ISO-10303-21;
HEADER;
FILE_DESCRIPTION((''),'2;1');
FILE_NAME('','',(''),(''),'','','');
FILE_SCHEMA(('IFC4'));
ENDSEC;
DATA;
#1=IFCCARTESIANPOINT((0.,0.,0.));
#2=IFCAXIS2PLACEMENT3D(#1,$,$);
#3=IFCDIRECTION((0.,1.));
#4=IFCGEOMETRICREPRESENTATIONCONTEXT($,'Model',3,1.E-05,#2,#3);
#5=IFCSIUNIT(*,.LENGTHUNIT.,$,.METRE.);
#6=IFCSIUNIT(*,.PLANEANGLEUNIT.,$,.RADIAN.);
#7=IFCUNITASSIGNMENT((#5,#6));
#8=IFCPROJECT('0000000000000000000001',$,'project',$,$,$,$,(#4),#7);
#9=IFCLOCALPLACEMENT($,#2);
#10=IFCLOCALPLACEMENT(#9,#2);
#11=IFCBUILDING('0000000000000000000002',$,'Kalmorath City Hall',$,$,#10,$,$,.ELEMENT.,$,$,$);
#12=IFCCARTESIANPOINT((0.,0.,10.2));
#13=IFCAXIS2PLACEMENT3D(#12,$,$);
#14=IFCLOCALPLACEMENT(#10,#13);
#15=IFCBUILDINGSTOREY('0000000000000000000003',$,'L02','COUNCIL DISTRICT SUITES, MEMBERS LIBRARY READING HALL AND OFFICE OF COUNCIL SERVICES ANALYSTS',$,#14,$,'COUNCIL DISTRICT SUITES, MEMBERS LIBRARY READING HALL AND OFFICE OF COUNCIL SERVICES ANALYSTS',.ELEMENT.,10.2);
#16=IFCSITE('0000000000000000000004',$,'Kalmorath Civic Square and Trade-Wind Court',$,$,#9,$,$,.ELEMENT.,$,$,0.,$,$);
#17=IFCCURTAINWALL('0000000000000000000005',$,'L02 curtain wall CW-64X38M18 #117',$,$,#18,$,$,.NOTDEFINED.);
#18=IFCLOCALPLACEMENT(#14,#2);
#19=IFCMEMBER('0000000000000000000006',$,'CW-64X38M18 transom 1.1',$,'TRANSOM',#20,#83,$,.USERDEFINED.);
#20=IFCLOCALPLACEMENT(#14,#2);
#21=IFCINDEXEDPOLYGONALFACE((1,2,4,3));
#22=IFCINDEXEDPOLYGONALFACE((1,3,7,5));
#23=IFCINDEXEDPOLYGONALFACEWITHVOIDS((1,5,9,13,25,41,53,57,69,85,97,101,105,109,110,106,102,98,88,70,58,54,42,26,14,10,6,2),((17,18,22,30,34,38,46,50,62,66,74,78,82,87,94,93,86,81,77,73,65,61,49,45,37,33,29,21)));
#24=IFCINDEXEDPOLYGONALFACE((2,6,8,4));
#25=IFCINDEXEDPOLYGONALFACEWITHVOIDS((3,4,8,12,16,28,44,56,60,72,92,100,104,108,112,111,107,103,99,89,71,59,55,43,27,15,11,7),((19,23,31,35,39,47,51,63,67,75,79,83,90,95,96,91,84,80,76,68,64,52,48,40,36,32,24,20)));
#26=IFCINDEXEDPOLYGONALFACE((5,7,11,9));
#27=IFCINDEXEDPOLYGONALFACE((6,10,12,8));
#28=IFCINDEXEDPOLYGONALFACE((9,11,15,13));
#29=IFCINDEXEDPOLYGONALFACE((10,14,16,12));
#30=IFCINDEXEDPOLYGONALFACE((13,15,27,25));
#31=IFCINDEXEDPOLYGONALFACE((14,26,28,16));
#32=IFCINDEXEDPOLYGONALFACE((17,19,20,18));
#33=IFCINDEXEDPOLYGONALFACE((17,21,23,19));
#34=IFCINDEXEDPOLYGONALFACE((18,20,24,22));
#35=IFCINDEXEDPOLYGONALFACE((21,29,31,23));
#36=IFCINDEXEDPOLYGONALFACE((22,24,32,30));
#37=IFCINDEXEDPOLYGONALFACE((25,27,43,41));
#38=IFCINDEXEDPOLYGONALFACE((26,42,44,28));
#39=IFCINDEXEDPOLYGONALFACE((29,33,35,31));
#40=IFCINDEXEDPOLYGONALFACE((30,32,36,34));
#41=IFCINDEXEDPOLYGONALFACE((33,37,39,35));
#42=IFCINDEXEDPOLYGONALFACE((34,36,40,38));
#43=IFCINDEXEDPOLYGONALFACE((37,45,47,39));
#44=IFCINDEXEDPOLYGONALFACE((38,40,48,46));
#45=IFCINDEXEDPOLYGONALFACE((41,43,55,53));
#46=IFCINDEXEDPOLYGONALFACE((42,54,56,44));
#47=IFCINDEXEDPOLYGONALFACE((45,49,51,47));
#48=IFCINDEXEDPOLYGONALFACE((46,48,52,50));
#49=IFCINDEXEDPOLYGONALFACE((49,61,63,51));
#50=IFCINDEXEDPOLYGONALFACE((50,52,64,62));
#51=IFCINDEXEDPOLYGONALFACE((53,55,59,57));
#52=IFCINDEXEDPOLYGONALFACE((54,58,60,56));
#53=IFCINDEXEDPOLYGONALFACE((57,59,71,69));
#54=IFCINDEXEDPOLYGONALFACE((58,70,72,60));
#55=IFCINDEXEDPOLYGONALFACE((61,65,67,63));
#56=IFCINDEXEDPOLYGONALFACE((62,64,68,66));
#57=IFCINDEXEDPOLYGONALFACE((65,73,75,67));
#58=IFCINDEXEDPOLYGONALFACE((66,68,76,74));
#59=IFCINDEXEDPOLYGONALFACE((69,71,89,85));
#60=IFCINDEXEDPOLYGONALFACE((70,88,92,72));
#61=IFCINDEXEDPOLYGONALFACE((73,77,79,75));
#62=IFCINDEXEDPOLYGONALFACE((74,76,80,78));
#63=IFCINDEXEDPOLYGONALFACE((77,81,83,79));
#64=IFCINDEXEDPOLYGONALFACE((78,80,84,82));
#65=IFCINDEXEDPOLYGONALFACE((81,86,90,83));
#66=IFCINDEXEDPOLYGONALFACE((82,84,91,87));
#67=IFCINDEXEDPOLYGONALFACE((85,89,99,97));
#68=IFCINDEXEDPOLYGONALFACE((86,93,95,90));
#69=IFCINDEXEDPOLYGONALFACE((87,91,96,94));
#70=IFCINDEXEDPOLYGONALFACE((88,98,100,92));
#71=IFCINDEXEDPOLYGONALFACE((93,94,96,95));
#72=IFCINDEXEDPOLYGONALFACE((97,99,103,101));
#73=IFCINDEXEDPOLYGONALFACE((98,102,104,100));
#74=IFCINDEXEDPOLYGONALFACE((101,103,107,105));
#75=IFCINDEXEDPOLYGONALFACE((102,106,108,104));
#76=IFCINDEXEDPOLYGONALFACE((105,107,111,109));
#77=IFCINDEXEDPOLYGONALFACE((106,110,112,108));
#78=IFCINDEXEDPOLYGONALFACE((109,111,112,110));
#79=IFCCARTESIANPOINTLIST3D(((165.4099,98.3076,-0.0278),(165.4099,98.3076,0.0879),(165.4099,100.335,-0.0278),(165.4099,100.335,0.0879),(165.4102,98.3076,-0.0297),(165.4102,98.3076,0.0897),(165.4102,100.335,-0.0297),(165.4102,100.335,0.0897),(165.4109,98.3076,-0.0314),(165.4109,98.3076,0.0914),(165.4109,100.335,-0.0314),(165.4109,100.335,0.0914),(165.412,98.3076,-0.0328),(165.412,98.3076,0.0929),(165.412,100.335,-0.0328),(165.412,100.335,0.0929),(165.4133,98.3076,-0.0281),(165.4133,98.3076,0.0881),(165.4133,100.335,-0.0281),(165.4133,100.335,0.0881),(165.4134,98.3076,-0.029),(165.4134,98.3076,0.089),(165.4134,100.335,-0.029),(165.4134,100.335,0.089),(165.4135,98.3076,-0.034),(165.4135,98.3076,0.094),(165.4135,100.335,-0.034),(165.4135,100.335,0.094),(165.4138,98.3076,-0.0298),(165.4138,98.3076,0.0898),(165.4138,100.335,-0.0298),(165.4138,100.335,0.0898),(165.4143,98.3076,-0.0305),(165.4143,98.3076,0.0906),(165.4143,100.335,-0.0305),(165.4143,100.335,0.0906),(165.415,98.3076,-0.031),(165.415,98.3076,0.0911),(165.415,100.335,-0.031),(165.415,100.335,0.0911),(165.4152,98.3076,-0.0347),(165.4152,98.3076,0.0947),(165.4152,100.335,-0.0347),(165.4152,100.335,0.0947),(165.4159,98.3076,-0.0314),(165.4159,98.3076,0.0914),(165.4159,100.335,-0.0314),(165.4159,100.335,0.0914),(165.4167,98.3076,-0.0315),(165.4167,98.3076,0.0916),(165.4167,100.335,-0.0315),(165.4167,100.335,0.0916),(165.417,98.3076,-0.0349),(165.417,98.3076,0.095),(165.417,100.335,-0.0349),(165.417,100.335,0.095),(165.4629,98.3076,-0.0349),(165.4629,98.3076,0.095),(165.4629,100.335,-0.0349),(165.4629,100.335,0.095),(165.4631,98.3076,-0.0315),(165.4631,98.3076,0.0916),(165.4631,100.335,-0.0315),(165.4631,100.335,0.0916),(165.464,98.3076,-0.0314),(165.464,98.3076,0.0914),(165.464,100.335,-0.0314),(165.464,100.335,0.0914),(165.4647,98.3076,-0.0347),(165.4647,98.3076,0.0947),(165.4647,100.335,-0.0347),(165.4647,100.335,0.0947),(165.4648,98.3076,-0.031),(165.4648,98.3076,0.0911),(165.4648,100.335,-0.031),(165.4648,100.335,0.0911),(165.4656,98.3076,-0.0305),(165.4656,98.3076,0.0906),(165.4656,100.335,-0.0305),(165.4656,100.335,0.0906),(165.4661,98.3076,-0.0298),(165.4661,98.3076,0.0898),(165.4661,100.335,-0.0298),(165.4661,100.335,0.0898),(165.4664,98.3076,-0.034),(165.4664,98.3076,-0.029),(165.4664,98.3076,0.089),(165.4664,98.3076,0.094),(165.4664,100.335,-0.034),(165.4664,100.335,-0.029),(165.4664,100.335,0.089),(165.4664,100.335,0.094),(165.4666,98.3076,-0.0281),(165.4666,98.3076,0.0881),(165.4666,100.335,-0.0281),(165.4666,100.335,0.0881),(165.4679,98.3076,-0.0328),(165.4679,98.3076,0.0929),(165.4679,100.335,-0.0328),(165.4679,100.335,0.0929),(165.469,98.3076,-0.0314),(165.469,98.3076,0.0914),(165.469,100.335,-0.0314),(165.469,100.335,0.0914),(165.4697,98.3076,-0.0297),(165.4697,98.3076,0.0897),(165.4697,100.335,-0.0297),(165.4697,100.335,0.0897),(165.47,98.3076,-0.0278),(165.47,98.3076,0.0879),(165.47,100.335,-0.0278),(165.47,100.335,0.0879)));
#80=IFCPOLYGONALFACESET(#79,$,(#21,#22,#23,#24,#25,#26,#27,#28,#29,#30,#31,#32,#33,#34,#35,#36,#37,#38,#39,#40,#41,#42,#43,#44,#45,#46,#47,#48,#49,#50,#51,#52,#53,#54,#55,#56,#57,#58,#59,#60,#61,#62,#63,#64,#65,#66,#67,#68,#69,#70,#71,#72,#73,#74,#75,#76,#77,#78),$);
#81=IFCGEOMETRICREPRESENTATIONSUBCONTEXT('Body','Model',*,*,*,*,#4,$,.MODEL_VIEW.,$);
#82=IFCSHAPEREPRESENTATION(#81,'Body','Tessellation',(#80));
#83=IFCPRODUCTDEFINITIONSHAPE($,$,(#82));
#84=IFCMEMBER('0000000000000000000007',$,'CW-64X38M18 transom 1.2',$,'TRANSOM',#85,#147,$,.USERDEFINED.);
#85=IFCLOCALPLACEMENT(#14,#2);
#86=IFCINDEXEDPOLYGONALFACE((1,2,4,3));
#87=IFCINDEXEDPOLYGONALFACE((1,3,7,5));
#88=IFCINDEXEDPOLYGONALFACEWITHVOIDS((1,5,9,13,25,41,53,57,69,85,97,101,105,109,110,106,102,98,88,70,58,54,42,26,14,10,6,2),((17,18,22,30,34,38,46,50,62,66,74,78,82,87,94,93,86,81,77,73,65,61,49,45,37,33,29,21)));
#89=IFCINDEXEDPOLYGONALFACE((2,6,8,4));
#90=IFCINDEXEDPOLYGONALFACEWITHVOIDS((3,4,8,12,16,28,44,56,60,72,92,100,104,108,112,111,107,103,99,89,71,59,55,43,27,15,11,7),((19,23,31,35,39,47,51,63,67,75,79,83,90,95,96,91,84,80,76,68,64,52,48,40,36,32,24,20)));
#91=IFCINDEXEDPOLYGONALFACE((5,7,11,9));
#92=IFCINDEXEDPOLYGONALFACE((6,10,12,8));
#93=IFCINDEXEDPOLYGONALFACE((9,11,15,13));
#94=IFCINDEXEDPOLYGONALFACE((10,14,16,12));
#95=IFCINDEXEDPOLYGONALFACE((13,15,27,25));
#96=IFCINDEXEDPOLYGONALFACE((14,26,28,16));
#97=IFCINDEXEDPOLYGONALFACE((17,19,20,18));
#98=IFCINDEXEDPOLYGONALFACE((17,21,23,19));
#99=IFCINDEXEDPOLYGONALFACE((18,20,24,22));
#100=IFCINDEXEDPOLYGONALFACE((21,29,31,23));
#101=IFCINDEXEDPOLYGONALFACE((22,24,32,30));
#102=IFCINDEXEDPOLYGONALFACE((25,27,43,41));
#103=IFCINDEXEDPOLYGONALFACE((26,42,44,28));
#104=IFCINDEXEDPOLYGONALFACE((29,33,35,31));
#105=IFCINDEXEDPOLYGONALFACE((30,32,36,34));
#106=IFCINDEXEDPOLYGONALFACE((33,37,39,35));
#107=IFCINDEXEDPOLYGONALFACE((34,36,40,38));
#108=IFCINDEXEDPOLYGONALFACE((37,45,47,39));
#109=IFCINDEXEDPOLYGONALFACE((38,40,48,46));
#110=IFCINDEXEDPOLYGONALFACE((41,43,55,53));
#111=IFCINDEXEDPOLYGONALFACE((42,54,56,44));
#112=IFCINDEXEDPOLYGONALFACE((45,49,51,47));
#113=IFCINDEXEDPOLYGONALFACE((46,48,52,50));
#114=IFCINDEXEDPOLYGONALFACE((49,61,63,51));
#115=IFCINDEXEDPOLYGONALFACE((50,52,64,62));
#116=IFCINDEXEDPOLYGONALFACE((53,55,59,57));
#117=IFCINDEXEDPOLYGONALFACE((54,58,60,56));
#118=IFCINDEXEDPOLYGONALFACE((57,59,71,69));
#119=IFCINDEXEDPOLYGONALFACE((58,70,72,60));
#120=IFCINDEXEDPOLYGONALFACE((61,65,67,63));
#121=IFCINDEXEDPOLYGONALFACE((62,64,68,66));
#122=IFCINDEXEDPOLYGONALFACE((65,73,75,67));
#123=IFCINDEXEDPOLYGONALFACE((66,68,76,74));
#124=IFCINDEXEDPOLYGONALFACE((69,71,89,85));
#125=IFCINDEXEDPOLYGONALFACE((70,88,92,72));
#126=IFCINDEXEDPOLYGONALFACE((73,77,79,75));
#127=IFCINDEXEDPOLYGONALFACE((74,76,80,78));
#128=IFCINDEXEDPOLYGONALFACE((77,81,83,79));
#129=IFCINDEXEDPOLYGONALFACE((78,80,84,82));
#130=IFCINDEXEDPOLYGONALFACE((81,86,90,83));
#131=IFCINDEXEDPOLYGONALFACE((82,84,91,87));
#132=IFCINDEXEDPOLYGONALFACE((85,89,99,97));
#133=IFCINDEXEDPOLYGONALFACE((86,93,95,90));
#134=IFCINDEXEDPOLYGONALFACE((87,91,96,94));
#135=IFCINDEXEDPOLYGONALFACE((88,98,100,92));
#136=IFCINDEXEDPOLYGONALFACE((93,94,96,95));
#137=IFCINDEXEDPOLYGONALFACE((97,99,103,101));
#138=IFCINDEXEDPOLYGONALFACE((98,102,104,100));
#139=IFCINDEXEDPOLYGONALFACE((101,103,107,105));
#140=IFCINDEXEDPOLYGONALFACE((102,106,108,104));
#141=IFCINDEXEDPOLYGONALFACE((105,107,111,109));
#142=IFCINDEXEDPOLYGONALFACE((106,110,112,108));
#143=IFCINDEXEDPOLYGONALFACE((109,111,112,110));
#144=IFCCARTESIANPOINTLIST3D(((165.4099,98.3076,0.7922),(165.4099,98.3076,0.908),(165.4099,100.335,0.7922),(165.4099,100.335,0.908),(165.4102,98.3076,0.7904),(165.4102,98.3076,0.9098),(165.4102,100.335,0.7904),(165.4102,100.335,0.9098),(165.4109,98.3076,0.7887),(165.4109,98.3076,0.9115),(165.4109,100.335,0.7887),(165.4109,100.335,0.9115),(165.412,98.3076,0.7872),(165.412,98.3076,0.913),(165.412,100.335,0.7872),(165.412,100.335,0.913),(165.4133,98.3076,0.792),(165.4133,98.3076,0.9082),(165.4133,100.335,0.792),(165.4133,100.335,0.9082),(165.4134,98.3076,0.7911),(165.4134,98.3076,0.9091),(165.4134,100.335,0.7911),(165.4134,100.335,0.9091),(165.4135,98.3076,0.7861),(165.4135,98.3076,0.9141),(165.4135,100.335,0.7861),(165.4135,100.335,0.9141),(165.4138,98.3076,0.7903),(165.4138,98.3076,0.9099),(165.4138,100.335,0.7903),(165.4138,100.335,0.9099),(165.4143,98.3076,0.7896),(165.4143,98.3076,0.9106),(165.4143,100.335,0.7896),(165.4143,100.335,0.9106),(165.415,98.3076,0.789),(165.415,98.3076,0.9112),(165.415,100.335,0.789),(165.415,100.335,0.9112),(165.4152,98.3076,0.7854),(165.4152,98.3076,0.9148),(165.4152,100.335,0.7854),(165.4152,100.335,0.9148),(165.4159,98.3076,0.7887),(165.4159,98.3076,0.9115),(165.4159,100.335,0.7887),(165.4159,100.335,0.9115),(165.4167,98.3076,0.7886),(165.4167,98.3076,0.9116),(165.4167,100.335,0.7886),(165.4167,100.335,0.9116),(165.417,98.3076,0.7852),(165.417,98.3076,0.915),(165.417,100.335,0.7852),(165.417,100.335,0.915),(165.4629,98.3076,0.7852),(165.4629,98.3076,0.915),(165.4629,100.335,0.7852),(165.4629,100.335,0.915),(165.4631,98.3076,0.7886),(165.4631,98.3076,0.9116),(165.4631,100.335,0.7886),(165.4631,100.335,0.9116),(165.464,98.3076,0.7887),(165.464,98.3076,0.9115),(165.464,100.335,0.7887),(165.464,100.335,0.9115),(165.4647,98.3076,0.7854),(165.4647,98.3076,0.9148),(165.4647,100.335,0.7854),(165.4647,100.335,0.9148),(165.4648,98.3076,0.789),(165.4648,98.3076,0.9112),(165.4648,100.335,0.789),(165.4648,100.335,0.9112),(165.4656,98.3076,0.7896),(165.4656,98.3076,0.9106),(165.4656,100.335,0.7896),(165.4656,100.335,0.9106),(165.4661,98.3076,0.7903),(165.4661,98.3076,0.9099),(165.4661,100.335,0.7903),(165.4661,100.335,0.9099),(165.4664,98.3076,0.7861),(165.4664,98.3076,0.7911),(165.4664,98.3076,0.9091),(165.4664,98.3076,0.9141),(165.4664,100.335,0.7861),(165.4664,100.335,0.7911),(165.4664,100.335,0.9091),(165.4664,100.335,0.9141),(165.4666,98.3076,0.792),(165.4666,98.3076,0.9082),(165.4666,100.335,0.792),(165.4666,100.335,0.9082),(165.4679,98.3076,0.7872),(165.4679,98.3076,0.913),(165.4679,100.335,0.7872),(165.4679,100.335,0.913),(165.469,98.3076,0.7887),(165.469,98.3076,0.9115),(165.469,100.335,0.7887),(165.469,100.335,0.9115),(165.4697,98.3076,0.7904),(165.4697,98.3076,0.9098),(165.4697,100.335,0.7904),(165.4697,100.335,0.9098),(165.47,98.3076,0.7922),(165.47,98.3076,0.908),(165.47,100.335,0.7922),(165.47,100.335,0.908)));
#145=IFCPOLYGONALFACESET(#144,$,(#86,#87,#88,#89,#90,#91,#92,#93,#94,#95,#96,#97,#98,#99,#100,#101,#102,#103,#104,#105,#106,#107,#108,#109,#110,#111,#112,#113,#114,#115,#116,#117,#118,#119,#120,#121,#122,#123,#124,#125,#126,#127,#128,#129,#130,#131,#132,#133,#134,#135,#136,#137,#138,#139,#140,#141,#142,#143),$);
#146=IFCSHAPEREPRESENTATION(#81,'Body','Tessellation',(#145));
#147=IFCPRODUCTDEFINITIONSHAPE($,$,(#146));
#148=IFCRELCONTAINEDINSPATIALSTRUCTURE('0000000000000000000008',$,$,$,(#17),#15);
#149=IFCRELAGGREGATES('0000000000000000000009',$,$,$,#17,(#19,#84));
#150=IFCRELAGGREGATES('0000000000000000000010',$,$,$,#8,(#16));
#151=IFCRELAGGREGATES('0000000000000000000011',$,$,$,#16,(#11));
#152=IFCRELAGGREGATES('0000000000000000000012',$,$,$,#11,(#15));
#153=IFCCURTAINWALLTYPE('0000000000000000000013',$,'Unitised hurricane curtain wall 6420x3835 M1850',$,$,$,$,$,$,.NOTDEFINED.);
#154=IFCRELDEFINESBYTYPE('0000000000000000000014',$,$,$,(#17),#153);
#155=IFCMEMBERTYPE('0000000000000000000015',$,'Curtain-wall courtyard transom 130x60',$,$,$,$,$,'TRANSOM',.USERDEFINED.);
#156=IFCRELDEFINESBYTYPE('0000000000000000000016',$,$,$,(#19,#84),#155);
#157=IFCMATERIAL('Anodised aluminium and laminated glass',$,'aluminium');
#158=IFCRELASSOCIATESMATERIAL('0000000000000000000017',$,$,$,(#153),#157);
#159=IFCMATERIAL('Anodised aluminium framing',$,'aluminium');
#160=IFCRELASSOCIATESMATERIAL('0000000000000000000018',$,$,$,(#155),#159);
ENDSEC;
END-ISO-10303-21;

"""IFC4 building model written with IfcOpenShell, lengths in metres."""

from ifc_helpers import new_model, si_unit, direction, frame, origin, origin_2d, place, context, subcontext, project, spatial, hollow_rectangle, extrude, material, material_profile, profile_set, type_object, element, aggregate, save


model = new_model("IFC4")

# Units and contexts
model_context = context("Model", 3, precision=1e-05, world=origin(), true_north=direction((0.0, 1.0)))
body_context = subcontext(model_context, "Body", "Model", "MODEL_VIEW")
ifc_project = project(units=[si_unit("LENGTHUNIT", "METRE"), si_unit("PLANEANGLEUNIT", "RADIAN")], contexts=[model_context])

# Site, building, storey
site_placement = place(None, origin())
site = spatial("IfcSite", under=ifc_project, at=site_placement, Name="Kalmorath Civic Square and Trade-Wind Court", CompositionType="ELEMENT", RefElevation=0.0)
building_placement = place(site_placement, origin())
building = spatial("IfcBuilding", under=site, at=building_placement, Name="Kalmorath City Hall", CompositionType="ELEMENT")
storey_placement = place(building_placement, frame((0.0, 0.0, 10.2)))
storey = spatial("IfcBuildingStorey", under=building, at=storey_placement, Name="L02", Description="COUNCIL DISTRICT SUITES, MEMBERS LIBRARY READING HALL AND OFFICE OF COUNCIL SERVICES ANALYSTS", LongName="COUNCIL DISTRICT SUITES, MEMBERS LIBRARY READING HALL AND OFFICE OF COUNCIL SERVICES ANALYSTS", CompositionType="ELEMENT", Elevation=10.2)

# Curtain wall, members
ifc_material_1 = material(Name="Anodised aluminium and laminated glass", Category="aluminium")
curtain_wall_type = type_object("IfcCurtainWallType", Name="Unitised hurricane curtain wall 6420x3835 M1850", PredefinedType="NOTDEFINED", material=ifc_material_1)
ifc_material_2 = material(Name="Anodised aluminium framing", Category="aluminium")
ifc_material_profile_1 = material_profile(ifc_material_2, hollow_rectangle(XDim=0.0601, YDim=0.1299, WallThickness=0.0034, InnerFilletRadius=0.0034, OuterFilletRadius=0.0071, at=origin_2d()), Name="ALU-TRN-130X60X3.5")
ifc_profile_set_1 = profile_set([ifc_material_profile_1], Name="Anodised aluminium framing")
member_type_1 = type_object("IfcMemberType", Name="Curtain-wall courtyard transom 130x60", ElementType="TRANSOM", PredefinedType="USERDEFINED", material=ifc_profile_set_1)
curtain_wall_1_placement = place(storey_placement, origin())
curtain_wall_1 = element("IfcCurtainWall", 1, at=curtain_wall_1_placement, inside=storey, type_object=curtain_wall_type, Name="L02 curtain wall CW-64X38M18 #117", PredefinedType="NOTDEFINED")
member_1_placement = place(storey_placement, frame((165.4399, 100.335, 0.03), z_axis=(0.0, -1.0, 0.0), x_axis=(1.0, 0.0, 0.0)))
member_1 = element("IfcMember", 2, at=member_1_placement, type_object=member_type_1, Name="CW-64X38M18 transom 1.1", ObjectType="TRANSOM", PredefinedType="USERDEFINED", context=body_context, shape_type="SweptSolid", body=[
    extrude(hollow_rectangle(XDim=0.0601, YDim=0.1299, WallThickness=0.0034, InnerFilletRadius=0.0034, OuterFilletRadius=0.0071, at=origin_2d()), origin(), (0.0, 0.0, 1.0), 2.0273),
])
member_2_placement = place(storey_placement, frame((165.4399, 100.335, 0.8501), z_axis=(0.0, -1.0, 0.0), x_axis=(1.0, 0.0, 0.0)))
member_2 = element("IfcMember", 3, at=member_2_placement, type_object=member_type_1, Name="CW-64X38M18 transom 1.2", ObjectType="TRANSOM", PredefinedType="USERDEFINED", context=body_context, shape_type="SweptSolid", body=[
    extrude(hollow_rectangle(XDim=0.0601, YDim=0.1299, WallThickness=0.0034, InnerFilletRadius=0.0034, OuterFilletRadius=0.0071, at=origin_2d()), origin(), (0.0, 0.0, 1.0), 2.0273),
])

aggregate(curtain_wall_1, [member_1, member_2])

save(model, "model.ifc")
